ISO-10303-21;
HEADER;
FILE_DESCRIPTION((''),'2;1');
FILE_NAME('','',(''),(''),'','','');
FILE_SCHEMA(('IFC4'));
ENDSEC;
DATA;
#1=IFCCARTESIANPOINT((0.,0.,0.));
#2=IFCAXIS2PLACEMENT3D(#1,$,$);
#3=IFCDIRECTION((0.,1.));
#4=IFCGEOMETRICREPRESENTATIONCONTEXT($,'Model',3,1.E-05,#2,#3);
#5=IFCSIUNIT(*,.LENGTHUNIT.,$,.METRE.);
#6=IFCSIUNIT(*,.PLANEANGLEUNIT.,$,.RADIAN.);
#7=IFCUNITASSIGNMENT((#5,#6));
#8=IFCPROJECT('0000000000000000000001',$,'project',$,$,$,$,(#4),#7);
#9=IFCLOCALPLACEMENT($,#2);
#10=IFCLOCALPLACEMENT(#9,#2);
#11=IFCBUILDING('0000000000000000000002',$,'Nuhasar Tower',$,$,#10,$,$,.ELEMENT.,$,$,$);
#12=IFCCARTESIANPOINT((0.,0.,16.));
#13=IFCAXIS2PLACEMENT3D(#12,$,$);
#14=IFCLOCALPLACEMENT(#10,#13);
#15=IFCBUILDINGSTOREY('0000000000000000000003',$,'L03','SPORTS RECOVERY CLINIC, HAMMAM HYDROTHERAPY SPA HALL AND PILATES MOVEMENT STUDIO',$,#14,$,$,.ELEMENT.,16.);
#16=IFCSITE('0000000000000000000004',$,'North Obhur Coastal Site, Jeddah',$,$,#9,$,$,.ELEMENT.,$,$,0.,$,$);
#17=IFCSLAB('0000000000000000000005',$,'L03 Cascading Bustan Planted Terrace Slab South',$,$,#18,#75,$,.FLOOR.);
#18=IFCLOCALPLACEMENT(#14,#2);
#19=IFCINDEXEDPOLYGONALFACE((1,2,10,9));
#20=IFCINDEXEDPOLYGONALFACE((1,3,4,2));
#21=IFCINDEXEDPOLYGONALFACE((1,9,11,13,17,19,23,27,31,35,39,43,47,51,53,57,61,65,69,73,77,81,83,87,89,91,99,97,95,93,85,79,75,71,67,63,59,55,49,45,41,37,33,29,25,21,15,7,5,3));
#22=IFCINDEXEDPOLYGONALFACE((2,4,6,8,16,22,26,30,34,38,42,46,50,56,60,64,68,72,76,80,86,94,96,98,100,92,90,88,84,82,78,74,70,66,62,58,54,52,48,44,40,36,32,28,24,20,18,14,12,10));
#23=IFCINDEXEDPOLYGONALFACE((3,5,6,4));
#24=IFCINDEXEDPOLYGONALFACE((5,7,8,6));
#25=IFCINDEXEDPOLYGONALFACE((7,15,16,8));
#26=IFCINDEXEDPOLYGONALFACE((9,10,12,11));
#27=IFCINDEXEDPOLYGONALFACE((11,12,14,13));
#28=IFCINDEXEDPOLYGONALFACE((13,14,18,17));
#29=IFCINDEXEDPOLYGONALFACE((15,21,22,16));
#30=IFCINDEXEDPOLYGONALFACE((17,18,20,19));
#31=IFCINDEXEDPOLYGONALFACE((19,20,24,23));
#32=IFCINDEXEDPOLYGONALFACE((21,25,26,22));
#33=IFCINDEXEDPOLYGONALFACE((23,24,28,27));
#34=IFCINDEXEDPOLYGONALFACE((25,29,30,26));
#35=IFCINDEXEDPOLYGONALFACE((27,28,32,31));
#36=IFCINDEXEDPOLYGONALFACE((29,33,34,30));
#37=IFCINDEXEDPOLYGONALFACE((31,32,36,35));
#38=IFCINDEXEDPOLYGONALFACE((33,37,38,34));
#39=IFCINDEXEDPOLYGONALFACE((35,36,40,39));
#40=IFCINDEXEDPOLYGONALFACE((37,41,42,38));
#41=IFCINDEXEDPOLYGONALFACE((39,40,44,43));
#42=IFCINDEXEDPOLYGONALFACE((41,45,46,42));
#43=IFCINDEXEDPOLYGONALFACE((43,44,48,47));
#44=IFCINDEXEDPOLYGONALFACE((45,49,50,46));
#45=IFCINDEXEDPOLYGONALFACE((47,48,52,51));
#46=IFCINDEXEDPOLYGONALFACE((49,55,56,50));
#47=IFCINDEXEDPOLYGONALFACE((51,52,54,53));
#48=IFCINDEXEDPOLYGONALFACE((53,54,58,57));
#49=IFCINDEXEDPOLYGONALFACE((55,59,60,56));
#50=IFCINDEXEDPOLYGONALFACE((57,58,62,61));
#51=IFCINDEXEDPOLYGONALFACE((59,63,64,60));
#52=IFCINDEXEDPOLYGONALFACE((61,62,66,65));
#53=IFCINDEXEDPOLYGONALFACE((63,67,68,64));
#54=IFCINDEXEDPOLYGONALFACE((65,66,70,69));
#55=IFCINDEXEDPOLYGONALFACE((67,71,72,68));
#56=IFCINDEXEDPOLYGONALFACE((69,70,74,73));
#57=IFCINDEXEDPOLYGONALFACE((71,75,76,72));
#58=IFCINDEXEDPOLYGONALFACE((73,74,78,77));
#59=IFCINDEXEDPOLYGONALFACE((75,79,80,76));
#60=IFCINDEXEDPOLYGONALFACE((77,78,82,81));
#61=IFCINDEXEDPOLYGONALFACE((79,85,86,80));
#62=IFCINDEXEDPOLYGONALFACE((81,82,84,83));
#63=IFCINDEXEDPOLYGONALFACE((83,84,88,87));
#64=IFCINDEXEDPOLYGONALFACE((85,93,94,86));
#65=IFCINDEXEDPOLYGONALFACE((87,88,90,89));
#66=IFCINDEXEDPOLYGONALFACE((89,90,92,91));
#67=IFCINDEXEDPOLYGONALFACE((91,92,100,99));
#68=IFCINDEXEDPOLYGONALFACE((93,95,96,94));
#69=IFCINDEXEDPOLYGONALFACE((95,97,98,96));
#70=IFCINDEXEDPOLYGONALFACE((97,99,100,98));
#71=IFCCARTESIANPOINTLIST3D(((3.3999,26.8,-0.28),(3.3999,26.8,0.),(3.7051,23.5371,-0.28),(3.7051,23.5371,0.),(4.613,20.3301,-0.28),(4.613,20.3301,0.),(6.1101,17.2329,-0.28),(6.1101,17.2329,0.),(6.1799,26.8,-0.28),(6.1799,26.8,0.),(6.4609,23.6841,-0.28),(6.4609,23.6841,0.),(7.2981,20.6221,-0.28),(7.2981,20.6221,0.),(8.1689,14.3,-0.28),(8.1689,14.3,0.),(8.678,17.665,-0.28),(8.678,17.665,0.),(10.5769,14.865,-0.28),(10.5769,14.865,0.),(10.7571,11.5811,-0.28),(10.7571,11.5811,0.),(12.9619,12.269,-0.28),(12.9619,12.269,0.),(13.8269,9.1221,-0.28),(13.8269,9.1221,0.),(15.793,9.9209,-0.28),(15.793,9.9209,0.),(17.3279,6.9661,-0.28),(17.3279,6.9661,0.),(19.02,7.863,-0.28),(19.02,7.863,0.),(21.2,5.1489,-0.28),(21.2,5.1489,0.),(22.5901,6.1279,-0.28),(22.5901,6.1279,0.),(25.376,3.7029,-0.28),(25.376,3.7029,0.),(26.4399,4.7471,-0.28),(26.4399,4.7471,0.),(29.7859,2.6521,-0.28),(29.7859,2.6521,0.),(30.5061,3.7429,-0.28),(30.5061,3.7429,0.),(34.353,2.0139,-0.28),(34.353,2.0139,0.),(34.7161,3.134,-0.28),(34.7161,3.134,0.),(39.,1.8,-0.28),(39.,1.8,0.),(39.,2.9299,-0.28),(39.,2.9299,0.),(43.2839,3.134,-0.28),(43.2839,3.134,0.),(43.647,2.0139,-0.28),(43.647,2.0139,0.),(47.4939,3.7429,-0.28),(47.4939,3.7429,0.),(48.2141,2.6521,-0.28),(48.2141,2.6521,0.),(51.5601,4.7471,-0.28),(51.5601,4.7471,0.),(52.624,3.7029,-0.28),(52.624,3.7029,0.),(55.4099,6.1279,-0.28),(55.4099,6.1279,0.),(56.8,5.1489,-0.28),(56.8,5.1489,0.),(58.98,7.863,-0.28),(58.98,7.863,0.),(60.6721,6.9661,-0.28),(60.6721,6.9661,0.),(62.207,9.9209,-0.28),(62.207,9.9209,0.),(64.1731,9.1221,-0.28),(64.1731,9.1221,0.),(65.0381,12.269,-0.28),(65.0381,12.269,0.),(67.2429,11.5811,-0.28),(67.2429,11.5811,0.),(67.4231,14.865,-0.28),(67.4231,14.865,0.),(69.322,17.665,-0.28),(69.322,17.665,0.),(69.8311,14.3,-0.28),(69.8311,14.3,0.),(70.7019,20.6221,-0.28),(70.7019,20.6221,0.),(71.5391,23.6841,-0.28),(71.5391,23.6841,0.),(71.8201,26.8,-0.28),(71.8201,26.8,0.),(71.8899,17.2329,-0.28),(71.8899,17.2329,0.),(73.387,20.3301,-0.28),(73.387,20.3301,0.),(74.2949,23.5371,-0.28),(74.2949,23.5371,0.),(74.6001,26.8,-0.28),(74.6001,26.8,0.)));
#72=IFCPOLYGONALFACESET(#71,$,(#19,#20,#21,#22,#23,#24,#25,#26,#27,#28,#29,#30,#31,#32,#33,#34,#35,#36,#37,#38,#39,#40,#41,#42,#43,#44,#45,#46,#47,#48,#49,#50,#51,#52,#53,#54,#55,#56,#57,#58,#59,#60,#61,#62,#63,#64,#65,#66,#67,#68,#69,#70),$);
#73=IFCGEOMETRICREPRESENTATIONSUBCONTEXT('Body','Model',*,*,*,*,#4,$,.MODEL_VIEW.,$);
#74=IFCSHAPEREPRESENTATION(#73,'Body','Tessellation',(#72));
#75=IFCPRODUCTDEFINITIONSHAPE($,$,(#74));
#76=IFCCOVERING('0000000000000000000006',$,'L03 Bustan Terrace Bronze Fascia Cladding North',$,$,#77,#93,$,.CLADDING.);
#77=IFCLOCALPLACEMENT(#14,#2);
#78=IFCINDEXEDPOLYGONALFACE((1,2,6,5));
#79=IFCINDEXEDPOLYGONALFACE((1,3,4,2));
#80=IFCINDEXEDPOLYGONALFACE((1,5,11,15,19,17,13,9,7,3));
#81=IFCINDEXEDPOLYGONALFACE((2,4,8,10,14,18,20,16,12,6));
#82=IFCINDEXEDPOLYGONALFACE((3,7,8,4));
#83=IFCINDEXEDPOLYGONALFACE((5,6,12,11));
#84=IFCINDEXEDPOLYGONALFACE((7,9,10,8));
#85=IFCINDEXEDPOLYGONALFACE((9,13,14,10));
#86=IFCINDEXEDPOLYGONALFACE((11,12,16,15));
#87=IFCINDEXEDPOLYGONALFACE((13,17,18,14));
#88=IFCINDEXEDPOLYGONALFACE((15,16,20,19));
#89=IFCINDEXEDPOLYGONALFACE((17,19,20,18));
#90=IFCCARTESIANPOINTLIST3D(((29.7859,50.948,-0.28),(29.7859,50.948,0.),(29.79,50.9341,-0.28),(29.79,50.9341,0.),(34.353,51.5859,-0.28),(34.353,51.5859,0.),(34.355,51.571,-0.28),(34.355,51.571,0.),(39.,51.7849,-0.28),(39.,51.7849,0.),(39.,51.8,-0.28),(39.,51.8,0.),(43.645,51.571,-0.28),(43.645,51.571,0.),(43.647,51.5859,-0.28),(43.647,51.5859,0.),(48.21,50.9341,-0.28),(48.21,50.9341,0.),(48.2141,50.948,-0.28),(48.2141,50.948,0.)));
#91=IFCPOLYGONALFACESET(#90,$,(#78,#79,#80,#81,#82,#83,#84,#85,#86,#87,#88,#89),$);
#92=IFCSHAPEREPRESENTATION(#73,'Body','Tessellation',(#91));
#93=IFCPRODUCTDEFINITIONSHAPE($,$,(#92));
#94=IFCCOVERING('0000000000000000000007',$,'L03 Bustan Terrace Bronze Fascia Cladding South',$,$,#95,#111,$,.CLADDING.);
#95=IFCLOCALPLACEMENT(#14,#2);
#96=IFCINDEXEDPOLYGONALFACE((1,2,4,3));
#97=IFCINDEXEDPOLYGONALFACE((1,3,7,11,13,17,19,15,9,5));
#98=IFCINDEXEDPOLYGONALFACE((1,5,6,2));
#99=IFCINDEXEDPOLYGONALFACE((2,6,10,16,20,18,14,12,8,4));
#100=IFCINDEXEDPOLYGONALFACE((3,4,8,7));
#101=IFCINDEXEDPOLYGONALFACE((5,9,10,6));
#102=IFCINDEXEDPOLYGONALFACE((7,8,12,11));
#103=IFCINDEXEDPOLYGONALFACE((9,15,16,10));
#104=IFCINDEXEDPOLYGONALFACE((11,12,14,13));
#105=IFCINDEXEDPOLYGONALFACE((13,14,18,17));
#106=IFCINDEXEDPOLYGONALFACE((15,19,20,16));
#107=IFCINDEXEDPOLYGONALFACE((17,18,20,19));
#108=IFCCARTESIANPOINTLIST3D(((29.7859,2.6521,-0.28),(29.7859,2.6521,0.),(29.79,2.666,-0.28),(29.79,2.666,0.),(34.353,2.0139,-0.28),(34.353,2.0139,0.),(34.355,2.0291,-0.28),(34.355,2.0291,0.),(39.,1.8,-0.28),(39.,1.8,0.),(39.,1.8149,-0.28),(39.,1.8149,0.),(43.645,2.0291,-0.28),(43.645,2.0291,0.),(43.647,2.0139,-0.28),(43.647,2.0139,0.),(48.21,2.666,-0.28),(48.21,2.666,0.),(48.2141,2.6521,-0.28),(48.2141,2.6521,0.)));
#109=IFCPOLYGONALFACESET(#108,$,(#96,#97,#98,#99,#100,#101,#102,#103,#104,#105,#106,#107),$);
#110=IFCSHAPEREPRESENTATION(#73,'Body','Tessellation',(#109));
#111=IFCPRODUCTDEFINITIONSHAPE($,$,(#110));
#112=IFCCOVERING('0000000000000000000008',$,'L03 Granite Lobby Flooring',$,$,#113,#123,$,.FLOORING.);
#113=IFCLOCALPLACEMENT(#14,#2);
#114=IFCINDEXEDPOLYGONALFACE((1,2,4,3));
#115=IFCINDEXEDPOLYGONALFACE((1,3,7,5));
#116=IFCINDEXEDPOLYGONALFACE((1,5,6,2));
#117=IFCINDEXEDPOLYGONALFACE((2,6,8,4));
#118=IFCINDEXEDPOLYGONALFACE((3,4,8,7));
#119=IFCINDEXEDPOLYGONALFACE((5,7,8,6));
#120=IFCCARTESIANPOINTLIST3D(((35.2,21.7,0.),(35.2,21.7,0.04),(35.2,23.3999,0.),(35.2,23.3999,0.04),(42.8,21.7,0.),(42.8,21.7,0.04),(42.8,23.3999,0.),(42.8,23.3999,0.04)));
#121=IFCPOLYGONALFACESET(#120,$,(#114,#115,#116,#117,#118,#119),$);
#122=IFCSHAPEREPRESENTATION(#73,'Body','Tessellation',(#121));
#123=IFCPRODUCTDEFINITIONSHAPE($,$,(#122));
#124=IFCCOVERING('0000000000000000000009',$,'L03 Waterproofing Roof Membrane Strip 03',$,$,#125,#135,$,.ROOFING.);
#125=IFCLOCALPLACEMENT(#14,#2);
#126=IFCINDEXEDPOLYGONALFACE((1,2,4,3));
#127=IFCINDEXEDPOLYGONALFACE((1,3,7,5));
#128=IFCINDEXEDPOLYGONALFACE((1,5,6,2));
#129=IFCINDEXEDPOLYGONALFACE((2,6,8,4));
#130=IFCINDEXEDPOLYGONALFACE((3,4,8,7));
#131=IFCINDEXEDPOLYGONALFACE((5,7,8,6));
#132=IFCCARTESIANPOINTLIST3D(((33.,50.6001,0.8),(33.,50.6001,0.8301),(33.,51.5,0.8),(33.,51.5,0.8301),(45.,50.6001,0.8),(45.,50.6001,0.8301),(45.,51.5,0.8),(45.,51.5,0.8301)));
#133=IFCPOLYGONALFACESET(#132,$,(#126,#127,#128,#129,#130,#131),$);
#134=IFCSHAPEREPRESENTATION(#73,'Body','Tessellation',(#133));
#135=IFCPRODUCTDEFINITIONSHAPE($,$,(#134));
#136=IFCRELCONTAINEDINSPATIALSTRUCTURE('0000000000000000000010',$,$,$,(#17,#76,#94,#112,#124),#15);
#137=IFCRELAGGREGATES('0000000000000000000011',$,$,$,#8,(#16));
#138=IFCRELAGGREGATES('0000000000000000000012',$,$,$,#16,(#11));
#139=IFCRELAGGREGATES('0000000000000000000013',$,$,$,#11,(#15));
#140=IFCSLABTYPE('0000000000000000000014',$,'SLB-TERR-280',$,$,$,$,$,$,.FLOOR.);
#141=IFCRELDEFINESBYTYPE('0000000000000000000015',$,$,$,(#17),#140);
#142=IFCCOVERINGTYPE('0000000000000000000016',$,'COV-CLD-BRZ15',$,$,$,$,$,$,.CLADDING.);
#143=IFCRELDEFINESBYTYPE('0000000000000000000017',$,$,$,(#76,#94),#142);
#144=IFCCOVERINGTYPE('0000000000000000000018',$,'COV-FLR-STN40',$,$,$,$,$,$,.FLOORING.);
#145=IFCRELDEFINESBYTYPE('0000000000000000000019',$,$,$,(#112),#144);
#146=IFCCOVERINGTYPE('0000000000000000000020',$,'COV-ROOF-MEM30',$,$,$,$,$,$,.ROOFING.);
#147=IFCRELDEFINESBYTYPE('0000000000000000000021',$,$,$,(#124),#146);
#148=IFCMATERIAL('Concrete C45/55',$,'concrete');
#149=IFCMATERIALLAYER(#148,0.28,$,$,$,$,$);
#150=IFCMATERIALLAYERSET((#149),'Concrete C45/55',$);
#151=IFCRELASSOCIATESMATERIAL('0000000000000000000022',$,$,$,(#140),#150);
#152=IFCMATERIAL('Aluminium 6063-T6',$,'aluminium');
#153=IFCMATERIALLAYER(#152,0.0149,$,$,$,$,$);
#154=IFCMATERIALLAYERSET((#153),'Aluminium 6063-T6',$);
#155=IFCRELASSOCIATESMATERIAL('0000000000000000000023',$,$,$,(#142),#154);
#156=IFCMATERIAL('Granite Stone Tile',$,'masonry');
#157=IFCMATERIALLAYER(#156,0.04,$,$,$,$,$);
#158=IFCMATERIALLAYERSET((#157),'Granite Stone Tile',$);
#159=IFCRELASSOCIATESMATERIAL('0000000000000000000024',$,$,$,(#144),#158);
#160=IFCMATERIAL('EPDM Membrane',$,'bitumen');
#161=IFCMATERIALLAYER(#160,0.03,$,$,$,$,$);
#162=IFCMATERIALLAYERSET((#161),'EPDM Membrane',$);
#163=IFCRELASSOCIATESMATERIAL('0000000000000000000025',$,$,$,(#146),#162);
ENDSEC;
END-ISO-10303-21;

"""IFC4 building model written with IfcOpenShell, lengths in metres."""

from ifc_helpers import new_model, si_unit, direction, frame, origin, place, context, subcontext, project, spatial, polyline, outline, extrude, material, layer, layer_set, type_object, element, save


model = new_model("IFC4")

# Units and contexts
model_context = context("Model", 3, precision=1e-05, world=origin(), true_north=direction((0.0, 1.0)))
body_context = subcontext(model_context, "Body", "Model", "MODEL_VIEW")
ifc_project = project(units=[si_unit("LENGTHUNIT", "METRE"), si_unit("PLANEANGLEUNIT", "RADIAN")], contexts=[model_context])

# Site, building, storey
site_placement = place(None, origin())
site = spatial("IfcSite", under=ifc_project, at=site_placement, Name="North Obhur Coastal Site, Jeddah", CompositionType="ELEMENT", RefElevation=0.0)
building_placement = place(site_placement, origin())
building = spatial("IfcBuilding", under=site, at=building_placement, Name="Nuhasar Tower", CompositionType="ELEMENT")
storey_placement = place(building_placement, frame((0.0, 0.0, 16.0)))
storey = spatial("IfcBuildingStorey", under=building, at=storey_placement, Name="L03", Description="SPORTS RECOVERY CLINIC, HAMMAM HYDROTHERAPY SPA HALL AND PILATES MOVEMENT STUDIO", CompositionType="ELEMENT", Elevation=16.0)

# Shared definitions
ifc_material_1 = material(Name="Aluminium 6063-T6", Category="aluminium")

# Shared definitions
ifc_material_2 = material(Name="Concrete C45/55", Category="concrete")

# Slab
ifc_layer_1 = layer(ifc_material_2, 0.28)
ifc_layer_set_1 = layer_set([ifc_layer_1], Name="Concrete C45/55")
slab_type_1 = type_object("IfcSlabType", Name="SLB-TERR-280", PredefinedType="FLOOR", material=ifc_layer_set_1)
slab_1_placement = place(storey_placement, frame((0.0, 0.0, -0.28)))
element("IfcSlab", 1, at=slab_1_placement, inside=storey, type_object=slab_type_1, Name="L03 Cascading Bustan Planted Terrace Slab South", PredefinedType="FLOOR", context=body_context, shape_type="SweptSolid", body=[
    extrude(outline(polyline([(3.3999, 26.8), (3.7051, 23.5371), (4.613, 20.3301), (6.1101, 17.2329), (8.1689, 14.3), (10.7571, 11.5811), (13.8269, 9.1221), (17.3279, 6.9661), (21.2, 5.1489), (25.376, 3.7029), (29.7859, 2.6521), (34.353, 2.0139), (39.0, 1.8), (43.647, 2.0139), (48.2141, 2.6521), (52.624, 3.7029), (56.8, 5.1489), (60.6721, 6.9661), (64.1731, 9.1221), (67.2429, 11.5811), (69.8311, 14.3), (71.8899, 17.2329), (73.387, 20.3301), (74.2949, 23.5371), (74.6001, 26.8), (71.8201, 26.8), (71.5391, 23.6841), (70.7019, 20.6221), (69.322, 17.665), (67.4231, 14.865), (65.0381, 12.269), (62.207, 9.9209), (58.98, 7.863), (55.4099, 6.1279), (51.5601, 4.7471), (47.4939, 3.7429), (43.2839, 3.134), (39.0, 2.9299), (34.7161, 3.134), (30.5061, 3.7429), (26.4399, 4.7471), (22.5901, 6.1279), (19.02, 7.863), (15.793, 9.9209), (12.9619, 12.269), (10.5769, 14.865), (8.678, 17.665), (7.2981, 20.6221), (6.4609, 23.6841), (6.1799, 26.8), (3.3999, 26.8)])), origin(), (0.0, 0.0, 1.0), 0.28),
])

# Coverings
ifc_layer_2 = layer(ifc_material_1, 0.0149)
ifc_layer_set_2 = layer_set([ifc_layer_2], Name="Aluminium 6063-T6")
covering_type_1 = type_object("IfcCoveringType", Name="COV-CLD-BRZ15", PredefinedType="CLADDING", material=ifc_layer_set_2)
covering_1_placement = place(storey_placement, frame((0.0, 0.0, -0.28)))
element("IfcCovering", 2, at=covering_1_placement, inside=storey, type_object=covering_type_1, Name="L03 Bustan Terrace Bronze Fascia Cladding North", PredefinedType="CLADDING", context=body_context, shape_type="SweptSolid", body=[
    extrude(outline(polyline([(48.2141, 50.948), (43.647, 51.5859), (39.0, 51.8), (34.353, 51.5859), (29.7859, 50.948), (29.79, 50.9341), (34.355, 51.571), (39.0, 51.7849), (43.645, 51.571), (48.21, 50.9341), (48.2141, 50.948)])), origin(), (0.0, 0.0, 1.0), 0.28),
])
covering_2_placement = place(storey_placement, frame((0.0, 0.0, -0.28)))
element("IfcCovering", 3, at=covering_2_placement, inside=storey, type_object=covering_type_1, Name="L03 Bustan Terrace Bronze Fascia Cladding South", PredefinedType="CLADDING", context=body_context, shape_type="SweptSolid", body=[
    extrude(outline(polyline([(29.7859, 2.6521), (34.353, 2.0139), (39.0, 1.8), (43.647, 2.0139), (48.2141, 2.6521), (48.21, 2.666), (43.645, 2.0291), (39.0, 1.8149), (34.355, 2.0291), (29.79, 2.666), (29.7859, 2.6521)])), origin(), (0.0, 0.0, 1.0), 0.28),
])
ifc_material_3 = material(Name="Granite Stone Tile", Category="masonry")
ifc_layer_3 = layer(ifc_material_3, 0.04)
ifc_layer_set_3 = layer_set([ifc_layer_3], Name="Granite Stone Tile")
covering_type_2 = type_object("IfcCoveringType", Name="COV-FLR-STN40", PredefinedType="FLOORING", material=ifc_layer_set_3)
covering_3_placement = place(storey_placement, origin())
element("IfcCovering", 4, at=covering_3_placement, inside=storey, type_object=covering_type_2, Name="L03 Granite Lobby Flooring", PredefinedType="FLOORING", context=body_context, shape_type="SweptSolid", body=[
    extrude(outline(polyline([(35.2, 21.7), (42.8, 21.7), (42.8, 23.3999), (35.2, 23.3999), (35.2, 21.7)])), origin(), (0.0, 0.0, 1.0), 0.04),
])
ifc_material_4 = material(Name="EPDM Membrane", Category="bitumen")
ifc_layer_4 = layer(ifc_material_4, 0.03)
ifc_layer_set_4 = layer_set([ifc_layer_4], Name="EPDM Membrane")
covering_type_3 = type_object("IfcCoveringType", Name="COV-ROOF-MEM30", PredefinedType="ROOFING", material=ifc_layer_set_4)
covering_4_placement = place(storey_placement, frame((0.0, 0.0, 0.8)))
element("IfcCovering", 5, at=covering_4_placement, inside=storey, type_object=covering_type_3, Name="L03 Waterproofing Roof Membrane Strip 03", PredefinedType="ROOFING", context=body_context, shape_type="SweptSolid", body=[
    extrude(outline(polyline([(33.0, 50.6001), (45.0, 50.6001), (45.0, 51.5), (33.0, 51.5), (33.0, 50.6001)])), origin(), (0.0, 0.0, 1.0), 0.03),
])

save(model, "model.ifc")
